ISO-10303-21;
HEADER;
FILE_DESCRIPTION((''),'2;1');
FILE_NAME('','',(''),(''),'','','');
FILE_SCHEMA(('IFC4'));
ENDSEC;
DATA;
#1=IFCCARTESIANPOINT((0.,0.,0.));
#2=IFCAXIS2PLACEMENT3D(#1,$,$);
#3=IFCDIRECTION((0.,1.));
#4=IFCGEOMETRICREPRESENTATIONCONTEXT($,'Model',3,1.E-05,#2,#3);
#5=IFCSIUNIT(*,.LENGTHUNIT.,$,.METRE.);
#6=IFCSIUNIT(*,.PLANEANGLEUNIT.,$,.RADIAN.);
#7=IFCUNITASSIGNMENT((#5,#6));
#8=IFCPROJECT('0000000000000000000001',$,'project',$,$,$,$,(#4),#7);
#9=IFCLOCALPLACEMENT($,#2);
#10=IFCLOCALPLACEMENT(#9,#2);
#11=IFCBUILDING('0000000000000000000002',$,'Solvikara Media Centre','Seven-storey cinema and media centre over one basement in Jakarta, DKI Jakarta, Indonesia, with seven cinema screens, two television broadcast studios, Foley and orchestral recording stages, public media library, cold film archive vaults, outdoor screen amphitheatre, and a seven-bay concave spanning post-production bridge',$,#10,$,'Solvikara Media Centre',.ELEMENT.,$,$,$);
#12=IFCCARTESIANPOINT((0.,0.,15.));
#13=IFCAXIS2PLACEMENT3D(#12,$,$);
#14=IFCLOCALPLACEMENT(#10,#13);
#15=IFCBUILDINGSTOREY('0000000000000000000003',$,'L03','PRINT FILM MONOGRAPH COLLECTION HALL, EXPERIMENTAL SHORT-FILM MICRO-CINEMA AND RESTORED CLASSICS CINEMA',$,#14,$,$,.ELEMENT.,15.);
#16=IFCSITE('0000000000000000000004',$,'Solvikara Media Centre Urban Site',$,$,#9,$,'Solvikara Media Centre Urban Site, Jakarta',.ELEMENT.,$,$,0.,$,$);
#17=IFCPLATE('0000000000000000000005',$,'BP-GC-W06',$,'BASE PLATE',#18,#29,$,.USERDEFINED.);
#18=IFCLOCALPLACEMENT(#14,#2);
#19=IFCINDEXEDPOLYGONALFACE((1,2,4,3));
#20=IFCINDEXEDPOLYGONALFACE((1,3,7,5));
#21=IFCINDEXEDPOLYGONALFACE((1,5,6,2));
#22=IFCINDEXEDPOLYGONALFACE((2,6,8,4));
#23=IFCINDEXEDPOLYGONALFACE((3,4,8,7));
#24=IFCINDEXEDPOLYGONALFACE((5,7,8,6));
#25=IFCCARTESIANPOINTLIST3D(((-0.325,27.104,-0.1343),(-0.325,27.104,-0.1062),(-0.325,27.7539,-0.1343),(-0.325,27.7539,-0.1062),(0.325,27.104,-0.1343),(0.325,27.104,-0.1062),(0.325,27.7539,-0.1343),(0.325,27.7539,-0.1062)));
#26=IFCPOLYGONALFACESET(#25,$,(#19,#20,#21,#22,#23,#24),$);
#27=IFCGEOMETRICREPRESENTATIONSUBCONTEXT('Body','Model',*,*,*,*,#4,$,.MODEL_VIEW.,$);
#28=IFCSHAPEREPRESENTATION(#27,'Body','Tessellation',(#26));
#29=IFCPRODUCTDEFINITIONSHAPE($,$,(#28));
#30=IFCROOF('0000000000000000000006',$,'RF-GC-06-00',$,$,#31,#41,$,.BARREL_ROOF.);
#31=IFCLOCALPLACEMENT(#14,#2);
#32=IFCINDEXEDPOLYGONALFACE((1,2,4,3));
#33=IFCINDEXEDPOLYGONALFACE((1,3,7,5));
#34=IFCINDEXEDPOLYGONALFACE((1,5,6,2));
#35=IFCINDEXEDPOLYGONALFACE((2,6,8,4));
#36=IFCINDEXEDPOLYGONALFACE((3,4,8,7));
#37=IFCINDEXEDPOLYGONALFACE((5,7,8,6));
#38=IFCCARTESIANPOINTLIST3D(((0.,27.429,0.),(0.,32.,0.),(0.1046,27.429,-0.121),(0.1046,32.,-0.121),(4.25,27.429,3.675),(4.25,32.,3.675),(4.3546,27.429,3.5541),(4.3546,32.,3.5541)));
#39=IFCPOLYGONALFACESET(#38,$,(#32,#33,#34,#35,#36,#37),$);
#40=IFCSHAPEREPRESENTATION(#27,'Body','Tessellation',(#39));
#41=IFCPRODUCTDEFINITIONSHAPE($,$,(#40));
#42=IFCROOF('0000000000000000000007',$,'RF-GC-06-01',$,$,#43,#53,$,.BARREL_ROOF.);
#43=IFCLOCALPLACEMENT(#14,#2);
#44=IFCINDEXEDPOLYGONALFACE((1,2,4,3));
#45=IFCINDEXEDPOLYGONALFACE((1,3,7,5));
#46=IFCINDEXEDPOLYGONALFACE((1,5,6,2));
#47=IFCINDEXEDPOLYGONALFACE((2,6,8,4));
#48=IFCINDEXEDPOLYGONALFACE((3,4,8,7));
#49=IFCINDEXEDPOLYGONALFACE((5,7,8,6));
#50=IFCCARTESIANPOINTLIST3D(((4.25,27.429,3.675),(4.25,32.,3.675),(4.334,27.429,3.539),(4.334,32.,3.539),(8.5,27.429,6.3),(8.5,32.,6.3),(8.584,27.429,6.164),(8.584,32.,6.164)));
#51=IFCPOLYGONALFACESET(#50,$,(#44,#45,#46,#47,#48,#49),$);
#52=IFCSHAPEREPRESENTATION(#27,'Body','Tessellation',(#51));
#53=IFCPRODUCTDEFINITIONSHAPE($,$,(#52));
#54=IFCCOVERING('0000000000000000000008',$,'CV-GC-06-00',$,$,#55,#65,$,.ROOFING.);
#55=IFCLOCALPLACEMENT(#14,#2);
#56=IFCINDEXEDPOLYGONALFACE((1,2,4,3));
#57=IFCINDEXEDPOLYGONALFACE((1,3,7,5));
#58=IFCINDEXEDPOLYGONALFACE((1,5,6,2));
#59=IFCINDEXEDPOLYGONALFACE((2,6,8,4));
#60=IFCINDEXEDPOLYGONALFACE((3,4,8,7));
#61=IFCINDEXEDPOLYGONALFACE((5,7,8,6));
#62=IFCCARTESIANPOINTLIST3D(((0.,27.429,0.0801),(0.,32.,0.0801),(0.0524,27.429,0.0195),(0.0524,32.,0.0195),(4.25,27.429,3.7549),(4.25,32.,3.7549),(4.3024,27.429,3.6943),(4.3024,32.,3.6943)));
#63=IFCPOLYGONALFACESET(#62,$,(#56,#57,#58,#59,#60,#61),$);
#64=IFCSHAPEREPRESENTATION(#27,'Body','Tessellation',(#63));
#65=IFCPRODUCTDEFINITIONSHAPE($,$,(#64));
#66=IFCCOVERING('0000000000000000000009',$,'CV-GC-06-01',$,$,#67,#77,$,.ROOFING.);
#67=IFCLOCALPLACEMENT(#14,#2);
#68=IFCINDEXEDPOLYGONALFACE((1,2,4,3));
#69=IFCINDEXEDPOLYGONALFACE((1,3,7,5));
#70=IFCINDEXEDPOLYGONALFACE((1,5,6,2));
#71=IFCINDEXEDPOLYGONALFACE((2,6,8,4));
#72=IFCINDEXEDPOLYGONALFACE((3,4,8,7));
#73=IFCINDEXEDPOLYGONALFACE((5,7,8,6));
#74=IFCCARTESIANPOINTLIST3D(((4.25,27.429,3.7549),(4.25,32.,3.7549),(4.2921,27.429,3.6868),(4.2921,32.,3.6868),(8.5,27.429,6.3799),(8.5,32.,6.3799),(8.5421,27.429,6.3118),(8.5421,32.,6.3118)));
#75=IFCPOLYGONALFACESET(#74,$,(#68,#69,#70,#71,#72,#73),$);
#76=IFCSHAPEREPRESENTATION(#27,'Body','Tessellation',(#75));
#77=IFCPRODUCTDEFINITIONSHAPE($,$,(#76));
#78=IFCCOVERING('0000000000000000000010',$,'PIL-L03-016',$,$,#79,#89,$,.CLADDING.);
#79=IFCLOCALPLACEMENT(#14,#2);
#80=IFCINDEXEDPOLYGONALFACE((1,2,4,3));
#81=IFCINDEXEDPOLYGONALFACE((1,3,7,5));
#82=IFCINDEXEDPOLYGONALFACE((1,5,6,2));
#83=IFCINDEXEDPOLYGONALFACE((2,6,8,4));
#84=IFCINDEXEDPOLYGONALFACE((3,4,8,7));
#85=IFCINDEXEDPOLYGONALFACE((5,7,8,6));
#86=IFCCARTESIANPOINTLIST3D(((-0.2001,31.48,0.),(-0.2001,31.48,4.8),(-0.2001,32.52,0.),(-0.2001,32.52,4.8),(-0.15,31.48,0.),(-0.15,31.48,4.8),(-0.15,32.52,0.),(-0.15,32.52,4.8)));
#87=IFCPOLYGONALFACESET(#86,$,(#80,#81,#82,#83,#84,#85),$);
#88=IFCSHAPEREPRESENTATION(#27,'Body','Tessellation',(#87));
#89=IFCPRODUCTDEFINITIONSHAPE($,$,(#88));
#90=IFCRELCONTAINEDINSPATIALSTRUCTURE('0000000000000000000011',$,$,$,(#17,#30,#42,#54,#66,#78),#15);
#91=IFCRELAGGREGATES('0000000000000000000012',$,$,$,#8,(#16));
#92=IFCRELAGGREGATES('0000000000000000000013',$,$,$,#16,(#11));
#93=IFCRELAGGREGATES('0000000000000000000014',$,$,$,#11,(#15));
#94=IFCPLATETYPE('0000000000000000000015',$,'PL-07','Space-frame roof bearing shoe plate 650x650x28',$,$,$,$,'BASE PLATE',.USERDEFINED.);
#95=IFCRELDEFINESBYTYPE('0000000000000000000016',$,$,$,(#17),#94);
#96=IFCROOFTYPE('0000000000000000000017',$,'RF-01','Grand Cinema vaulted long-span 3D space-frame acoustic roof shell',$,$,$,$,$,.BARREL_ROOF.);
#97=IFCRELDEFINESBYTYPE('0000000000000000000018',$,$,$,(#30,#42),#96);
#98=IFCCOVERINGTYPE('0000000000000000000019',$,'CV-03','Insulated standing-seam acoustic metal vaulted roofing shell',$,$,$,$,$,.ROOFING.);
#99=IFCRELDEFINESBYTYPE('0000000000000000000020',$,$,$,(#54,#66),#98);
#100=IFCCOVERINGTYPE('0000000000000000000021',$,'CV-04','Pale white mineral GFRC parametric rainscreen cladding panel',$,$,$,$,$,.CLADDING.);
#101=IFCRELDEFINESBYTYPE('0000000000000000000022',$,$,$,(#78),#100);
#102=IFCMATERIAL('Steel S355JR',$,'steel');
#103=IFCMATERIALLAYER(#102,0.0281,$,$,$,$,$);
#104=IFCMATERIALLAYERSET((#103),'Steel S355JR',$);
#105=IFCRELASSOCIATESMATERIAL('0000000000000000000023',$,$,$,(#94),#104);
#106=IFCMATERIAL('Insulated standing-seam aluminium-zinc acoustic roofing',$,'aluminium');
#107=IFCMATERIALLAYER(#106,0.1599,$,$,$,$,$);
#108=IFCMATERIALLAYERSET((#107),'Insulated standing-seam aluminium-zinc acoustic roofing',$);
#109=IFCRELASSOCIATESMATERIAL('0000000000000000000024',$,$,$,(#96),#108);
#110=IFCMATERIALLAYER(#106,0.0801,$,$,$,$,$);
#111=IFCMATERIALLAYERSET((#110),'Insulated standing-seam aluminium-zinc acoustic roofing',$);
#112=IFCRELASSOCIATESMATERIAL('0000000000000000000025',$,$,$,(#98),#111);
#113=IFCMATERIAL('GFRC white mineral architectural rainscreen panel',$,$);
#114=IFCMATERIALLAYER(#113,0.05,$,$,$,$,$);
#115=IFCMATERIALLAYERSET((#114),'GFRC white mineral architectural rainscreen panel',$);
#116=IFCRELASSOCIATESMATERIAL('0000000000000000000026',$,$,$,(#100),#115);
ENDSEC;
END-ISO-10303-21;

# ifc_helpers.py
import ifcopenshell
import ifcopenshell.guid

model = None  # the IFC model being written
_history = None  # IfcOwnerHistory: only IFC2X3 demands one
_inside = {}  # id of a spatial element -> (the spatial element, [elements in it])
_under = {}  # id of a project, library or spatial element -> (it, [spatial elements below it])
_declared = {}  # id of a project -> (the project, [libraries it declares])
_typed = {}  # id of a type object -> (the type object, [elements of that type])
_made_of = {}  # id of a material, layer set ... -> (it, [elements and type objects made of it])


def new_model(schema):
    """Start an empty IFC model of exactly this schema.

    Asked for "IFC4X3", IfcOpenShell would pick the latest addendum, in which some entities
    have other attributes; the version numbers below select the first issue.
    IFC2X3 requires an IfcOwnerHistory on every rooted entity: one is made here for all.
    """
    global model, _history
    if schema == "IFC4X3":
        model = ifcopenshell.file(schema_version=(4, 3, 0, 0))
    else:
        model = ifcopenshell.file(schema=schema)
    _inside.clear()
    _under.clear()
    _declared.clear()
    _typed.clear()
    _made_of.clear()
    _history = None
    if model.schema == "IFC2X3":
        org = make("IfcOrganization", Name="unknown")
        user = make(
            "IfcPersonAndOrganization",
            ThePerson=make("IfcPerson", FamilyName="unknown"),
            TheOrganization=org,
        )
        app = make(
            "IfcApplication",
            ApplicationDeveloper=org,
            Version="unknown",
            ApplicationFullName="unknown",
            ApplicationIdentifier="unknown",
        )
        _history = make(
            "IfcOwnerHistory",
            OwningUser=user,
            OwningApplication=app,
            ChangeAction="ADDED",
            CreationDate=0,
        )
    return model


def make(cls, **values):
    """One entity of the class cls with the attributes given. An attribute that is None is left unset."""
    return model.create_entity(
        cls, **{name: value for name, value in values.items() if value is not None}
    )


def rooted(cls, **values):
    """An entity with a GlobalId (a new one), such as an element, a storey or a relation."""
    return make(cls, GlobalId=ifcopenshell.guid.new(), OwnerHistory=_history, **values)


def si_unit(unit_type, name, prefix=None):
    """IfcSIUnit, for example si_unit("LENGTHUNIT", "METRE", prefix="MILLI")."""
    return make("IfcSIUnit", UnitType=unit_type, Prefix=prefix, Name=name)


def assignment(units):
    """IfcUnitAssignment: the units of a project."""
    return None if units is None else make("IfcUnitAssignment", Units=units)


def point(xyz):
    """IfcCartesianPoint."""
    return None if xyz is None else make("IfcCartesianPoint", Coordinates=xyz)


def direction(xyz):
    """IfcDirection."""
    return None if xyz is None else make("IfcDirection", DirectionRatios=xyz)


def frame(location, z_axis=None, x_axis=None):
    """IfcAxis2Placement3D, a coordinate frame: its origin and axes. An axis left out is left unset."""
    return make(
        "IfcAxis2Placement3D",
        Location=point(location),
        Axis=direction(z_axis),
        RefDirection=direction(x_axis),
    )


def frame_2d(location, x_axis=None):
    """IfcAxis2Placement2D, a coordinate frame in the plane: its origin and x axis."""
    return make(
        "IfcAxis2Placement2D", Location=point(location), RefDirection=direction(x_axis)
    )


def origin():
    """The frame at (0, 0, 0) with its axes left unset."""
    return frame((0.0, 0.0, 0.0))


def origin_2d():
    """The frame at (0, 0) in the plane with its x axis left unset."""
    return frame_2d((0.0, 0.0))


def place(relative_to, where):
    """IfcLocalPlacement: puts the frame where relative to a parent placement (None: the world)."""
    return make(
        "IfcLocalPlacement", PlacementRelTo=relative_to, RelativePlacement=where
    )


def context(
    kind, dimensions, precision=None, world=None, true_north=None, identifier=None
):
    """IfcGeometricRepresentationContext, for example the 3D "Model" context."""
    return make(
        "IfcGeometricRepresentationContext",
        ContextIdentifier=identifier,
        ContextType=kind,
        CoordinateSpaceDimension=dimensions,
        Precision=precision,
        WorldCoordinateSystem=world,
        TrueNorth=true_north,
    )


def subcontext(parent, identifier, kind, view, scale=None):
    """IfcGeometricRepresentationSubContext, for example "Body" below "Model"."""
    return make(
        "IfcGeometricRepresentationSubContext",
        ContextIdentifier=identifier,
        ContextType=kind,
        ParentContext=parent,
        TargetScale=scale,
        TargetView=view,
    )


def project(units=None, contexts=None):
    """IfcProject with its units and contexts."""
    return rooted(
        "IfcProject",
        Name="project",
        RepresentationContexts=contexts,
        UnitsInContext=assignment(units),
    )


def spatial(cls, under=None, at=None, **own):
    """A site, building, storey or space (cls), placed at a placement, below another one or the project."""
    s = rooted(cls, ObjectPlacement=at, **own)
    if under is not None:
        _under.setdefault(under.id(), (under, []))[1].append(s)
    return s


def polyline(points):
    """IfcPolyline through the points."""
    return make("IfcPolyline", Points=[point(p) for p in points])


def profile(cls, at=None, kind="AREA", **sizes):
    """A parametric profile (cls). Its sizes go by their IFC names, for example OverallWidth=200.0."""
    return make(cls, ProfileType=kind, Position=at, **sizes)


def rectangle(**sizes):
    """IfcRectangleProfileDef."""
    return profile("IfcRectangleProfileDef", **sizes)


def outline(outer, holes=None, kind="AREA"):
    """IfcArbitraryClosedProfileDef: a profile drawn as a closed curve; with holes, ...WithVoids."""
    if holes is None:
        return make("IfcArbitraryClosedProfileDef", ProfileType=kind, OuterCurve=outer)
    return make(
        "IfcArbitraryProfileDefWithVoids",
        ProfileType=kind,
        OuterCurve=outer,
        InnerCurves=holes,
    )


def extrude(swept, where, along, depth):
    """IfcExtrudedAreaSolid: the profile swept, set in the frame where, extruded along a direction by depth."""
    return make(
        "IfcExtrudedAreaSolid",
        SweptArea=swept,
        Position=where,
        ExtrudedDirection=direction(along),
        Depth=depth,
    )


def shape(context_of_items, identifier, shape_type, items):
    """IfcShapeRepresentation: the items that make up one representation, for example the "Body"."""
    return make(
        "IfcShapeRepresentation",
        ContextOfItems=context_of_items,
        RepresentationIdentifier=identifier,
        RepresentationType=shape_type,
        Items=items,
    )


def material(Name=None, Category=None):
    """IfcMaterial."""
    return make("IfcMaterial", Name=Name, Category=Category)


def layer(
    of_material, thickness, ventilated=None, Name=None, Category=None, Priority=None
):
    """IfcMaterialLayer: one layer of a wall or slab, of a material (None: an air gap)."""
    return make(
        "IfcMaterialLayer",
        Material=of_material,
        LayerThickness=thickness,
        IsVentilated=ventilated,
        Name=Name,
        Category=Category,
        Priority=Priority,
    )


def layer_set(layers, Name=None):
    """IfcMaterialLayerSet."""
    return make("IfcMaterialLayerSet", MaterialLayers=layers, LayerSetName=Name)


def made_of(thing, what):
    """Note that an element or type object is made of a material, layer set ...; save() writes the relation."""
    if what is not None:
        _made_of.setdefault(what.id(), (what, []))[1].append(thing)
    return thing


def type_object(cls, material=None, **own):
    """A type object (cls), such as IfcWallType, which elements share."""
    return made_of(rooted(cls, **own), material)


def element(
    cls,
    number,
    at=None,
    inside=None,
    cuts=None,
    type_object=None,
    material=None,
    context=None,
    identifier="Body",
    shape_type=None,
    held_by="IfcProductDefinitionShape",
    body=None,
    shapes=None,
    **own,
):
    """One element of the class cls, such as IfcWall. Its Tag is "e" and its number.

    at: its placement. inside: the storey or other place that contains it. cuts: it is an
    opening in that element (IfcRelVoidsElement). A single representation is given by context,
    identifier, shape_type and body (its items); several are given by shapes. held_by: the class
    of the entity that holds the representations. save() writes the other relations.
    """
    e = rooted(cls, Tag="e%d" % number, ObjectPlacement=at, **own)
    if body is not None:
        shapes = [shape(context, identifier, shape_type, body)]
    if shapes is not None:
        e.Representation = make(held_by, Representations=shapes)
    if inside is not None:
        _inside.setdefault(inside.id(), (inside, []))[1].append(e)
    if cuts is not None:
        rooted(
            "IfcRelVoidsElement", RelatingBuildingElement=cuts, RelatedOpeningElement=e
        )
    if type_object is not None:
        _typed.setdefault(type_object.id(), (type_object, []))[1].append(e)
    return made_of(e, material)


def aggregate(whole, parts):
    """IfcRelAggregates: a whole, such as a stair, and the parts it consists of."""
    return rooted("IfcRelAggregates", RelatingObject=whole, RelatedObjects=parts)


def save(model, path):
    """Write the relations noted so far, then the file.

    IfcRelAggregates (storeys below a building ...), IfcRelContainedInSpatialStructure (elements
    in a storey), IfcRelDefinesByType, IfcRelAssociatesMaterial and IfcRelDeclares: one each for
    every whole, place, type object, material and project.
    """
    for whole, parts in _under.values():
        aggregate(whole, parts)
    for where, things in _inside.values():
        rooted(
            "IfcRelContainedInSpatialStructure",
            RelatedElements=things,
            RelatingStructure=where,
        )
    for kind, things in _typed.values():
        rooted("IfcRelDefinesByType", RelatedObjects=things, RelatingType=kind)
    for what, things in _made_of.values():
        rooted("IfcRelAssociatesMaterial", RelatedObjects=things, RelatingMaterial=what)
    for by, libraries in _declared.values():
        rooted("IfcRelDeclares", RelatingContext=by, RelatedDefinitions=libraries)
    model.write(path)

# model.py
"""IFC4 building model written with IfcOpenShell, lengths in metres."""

from ifc_helpers import new_model, si_unit, direction, frame, origin, origin_2d, place, context, subcontext, project, spatial, polyline, rectangle, outline, extrude, material, layer, layer_set, type_object, element, save


model = new_model("IFC4")

# Units and contexts
model_context = context("Model", 3, precision=1e-05, world=origin(), true_north=direction((0.0, 1.0)))
body_context = subcontext(model_context, "Body", "Model", "MODEL_VIEW")
ifc_project = project(units=[si_unit("LENGTHUNIT", "METRE"), si_unit("PLANEANGLEUNIT", "RADIAN")], contexts=[model_context])

# Site, building, storey
site_placement = place(None, origin())
site = spatial("IfcSite", under=ifc_project, at=site_placement, Name="Solvikara Media Centre Urban Site", LongName="Solvikara Media Centre Urban Site, Jakarta", CompositionType="ELEMENT", RefElevation=0.0)
building_placement = place(site_placement, origin())
building = spatial("IfcBuilding", under=site, at=building_placement, Name="Solvikara Media Centre", Description="Seven-storey cinema and media centre over one basement in Jakarta, DKI Jakarta, Indonesia, with seven cinema screens, two television broadcast studios, Foley and orchestral recording stages, public media library, cold film archive vaults, outdoor screen amphitheatre, and a seven-bay concave spanning post-production bridge", LongName="Solvikara Media Centre", CompositionType="ELEMENT")
storey_placement = place(building_placement, frame((0.0, 0.0, 15.0)))
storey = spatial("IfcBuildingStorey", under=building, at=storey_placement, Name="L03", Description="PRINT FILM MONOGRAPH COLLECTION HALL, EXPERIMENTAL SHORT-FILM MICRO-CINEMA AND RESTORED CLASSICS CINEMA", CompositionType="ELEMENT", Elevation=15.0)

# Shared definitions
ifc_material_1 = material(Name="Steel S355JR", Category="steel")

# Plate
ifc_layer_1 = layer(ifc_material_1, 0.0281)
ifc_layer_set_1 = layer_set([ifc_layer_1], Name="Steel S355JR")
plate_type = type_object("IfcPlateType", Name="PL-07", Description="Space-frame roof bearing shoe plate 650x650x28", ElementType="BASE PLATE", PredefinedType="USERDEFINED", material=ifc_layer_set_1)
plate_placement = place(storey_placement, frame((0.0, 27.429, -0.1343), z_axis=(0.0, 0.0, 1.0), x_axis=(1.0, 0.0, 0.0)))
element("IfcPlate", 1, at=plate_placement, inside=storey, type_object=plate_type, Name="BP-GC-W06", ObjectType="BASE PLATE", PredefinedType="USERDEFINED", context=body_context, shape_type="SweptSolid", body=[
    extrude(rectangle(XDim=0.6499, YDim=0.6499, at=origin_2d()), origin(), (0.0, 0.0, 1.0), 0.0281),
])

# Roofs
ifc_material_2 = material(Name="Insulated standing-seam aluminium-zinc acoustic roofing", Category="aluminium")
ifc_layer_2 = layer(ifc_material_2, 0.1599)
ifc_layer_set_2 = layer_set([ifc_layer_2], Name="Insulated standing-seam aluminium-zinc acoustic roofing")
roof_type = type_object("IfcRoofType", Name="RF-01", Description="Grand Cinema vaulted long-span 3D space-frame acoustic roof shell", PredefinedType="BARREL_ROOF", material=ifc_layer_set_2)
roof_1_placement = place(storey_placement, frame((0.0, 27.429, 0.0), z_axis=(-0.654088, 0.0, 0.756418), x_axis=(0.756418, 0.0, 0.654088)))
element("IfcRoof", 2, at=roof_1_placement, inside=storey, type_object=roof_type, Name="RF-GC-06-00", PredefinedType="BARREL_ROOF", context=body_context, shape_type="SweptSolid", body=[
    extrude(outline(polyline([(0.0, 0.0), (5.6186, 0.0), (5.6186, 4.571), (0.0, 4.571), (0.0, 0.0)])), origin(), (0.0, 0.0, -1.0), 0.1599),
])
roof_2_placement = place(storey_placement, frame((4.25, 27.429, 3.675), z_axis=(-0.525493, 0.0, 0.850798), x_axis=(0.850798, 0.0, 0.525493)))
element("IfcRoof", 3, at=roof_2_placement, inside=storey, type_object=roof_type, Name="RF-GC-06-01", PredefinedType="BARREL_ROOF", context=body_context, shape_type="SweptSolid", body=[
    extrude(outline(polyline([(0.0, 0.0), (4.9953, 0.0), (4.9953, 4.571), (0.0, 4.571), (0.0, 0.0)])), origin(), (0.0, 0.0, -1.0), 0.1599),
])

# Coverings
ifc_layer_3 = layer(ifc_material_2, 0.0801)
ifc_layer_set_3 = layer_set([ifc_layer_3], Name="Insulated standing-seam aluminium-zinc acoustic roofing")
covering_type_1 = type_object("IfcCoveringType", Name="CV-03", Description="Insulated standing-seam acoustic metal vaulted roofing shell", PredefinedType="ROOFING", material=ifc_layer_set_3)
covering_1_placement = place(storey_placement, frame((0.0, 27.429, 0.0801), z_axis=(-0.654063, 0.0, 0.75644), x_axis=(0.75644, 0.0, 0.654063)))
element("IfcCovering", 4, at=covering_1_placement, inside=storey, type_object=covering_type_1, Name="CV-GC-06-00", PredefinedType="ROOFING", context=body_context, shape_type="SweptSolid", body=[
    extrude(outline(polyline([(0.0, 0.0), (5.6184, 0.0), (5.6184, 4.571), (0.0, 4.571), (0.0, 0.0)])), origin(), (0.0, 0.0, -1.0), 0.0801),
])
covering_2_placement = place(storey_placement, frame((4.25, 27.429, 3.7549), z_axis=(-0.525493, 0.0, 0.850798), x_axis=(0.850798, 0.0, 0.525493)))
element("IfcCovering", 5, at=covering_2_placement, inside=storey, type_object=covering_type_1, Name="CV-GC-06-01", PredefinedType="ROOFING", context=body_context, shape_type="SweptSolid", body=[
    extrude(outline(polyline([(0.0, 0.0), (4.9953, 0.0), (4.9953, 4.571), (0.0, 4.571), (0.0, 0.0)])), origin(), (0.0, 0.0, -1.0), 0.0801),
])
ifc_material_3 = material(Name="GFRC white mineral architectural rainscreen panel")
ifc_layer_4 = layer(ifc_material_3, 0.05)
ifc_layer_set_4 = layer_set([ifc_layer_4], Name="GFRC white mineral architectural rainscreen panel")
covering_type_2 = type_object("IfcCoveringType", Name="CV-04", Description="Pale white mineral GFRC parametric rainscreen cladding panel", PredefinedType="CLADDING", material=ifc_layer_set_4)
covering_3_placement = place(storey_placement, frame((-0.175, 32.0, 0.0), z_axis=(0.0, 0.0, 1.0), x_axis=(0.0, -1.0, 0.0)))
element("IfcCovering", 6, at=covering_3_placement, inside=storey, type_object=covering_type_2, Name="PIL-L03-016", PredefinedType="CLADDING", context=body_context, shape_type="SweptSolid", body=[
    extrude(rectangle(XDim=1.04, YDim=0.05, at=origin_2d()), origin(), (0.0, 0.0, 1.0), 4.8),
])

save(model, "model.ifc")
